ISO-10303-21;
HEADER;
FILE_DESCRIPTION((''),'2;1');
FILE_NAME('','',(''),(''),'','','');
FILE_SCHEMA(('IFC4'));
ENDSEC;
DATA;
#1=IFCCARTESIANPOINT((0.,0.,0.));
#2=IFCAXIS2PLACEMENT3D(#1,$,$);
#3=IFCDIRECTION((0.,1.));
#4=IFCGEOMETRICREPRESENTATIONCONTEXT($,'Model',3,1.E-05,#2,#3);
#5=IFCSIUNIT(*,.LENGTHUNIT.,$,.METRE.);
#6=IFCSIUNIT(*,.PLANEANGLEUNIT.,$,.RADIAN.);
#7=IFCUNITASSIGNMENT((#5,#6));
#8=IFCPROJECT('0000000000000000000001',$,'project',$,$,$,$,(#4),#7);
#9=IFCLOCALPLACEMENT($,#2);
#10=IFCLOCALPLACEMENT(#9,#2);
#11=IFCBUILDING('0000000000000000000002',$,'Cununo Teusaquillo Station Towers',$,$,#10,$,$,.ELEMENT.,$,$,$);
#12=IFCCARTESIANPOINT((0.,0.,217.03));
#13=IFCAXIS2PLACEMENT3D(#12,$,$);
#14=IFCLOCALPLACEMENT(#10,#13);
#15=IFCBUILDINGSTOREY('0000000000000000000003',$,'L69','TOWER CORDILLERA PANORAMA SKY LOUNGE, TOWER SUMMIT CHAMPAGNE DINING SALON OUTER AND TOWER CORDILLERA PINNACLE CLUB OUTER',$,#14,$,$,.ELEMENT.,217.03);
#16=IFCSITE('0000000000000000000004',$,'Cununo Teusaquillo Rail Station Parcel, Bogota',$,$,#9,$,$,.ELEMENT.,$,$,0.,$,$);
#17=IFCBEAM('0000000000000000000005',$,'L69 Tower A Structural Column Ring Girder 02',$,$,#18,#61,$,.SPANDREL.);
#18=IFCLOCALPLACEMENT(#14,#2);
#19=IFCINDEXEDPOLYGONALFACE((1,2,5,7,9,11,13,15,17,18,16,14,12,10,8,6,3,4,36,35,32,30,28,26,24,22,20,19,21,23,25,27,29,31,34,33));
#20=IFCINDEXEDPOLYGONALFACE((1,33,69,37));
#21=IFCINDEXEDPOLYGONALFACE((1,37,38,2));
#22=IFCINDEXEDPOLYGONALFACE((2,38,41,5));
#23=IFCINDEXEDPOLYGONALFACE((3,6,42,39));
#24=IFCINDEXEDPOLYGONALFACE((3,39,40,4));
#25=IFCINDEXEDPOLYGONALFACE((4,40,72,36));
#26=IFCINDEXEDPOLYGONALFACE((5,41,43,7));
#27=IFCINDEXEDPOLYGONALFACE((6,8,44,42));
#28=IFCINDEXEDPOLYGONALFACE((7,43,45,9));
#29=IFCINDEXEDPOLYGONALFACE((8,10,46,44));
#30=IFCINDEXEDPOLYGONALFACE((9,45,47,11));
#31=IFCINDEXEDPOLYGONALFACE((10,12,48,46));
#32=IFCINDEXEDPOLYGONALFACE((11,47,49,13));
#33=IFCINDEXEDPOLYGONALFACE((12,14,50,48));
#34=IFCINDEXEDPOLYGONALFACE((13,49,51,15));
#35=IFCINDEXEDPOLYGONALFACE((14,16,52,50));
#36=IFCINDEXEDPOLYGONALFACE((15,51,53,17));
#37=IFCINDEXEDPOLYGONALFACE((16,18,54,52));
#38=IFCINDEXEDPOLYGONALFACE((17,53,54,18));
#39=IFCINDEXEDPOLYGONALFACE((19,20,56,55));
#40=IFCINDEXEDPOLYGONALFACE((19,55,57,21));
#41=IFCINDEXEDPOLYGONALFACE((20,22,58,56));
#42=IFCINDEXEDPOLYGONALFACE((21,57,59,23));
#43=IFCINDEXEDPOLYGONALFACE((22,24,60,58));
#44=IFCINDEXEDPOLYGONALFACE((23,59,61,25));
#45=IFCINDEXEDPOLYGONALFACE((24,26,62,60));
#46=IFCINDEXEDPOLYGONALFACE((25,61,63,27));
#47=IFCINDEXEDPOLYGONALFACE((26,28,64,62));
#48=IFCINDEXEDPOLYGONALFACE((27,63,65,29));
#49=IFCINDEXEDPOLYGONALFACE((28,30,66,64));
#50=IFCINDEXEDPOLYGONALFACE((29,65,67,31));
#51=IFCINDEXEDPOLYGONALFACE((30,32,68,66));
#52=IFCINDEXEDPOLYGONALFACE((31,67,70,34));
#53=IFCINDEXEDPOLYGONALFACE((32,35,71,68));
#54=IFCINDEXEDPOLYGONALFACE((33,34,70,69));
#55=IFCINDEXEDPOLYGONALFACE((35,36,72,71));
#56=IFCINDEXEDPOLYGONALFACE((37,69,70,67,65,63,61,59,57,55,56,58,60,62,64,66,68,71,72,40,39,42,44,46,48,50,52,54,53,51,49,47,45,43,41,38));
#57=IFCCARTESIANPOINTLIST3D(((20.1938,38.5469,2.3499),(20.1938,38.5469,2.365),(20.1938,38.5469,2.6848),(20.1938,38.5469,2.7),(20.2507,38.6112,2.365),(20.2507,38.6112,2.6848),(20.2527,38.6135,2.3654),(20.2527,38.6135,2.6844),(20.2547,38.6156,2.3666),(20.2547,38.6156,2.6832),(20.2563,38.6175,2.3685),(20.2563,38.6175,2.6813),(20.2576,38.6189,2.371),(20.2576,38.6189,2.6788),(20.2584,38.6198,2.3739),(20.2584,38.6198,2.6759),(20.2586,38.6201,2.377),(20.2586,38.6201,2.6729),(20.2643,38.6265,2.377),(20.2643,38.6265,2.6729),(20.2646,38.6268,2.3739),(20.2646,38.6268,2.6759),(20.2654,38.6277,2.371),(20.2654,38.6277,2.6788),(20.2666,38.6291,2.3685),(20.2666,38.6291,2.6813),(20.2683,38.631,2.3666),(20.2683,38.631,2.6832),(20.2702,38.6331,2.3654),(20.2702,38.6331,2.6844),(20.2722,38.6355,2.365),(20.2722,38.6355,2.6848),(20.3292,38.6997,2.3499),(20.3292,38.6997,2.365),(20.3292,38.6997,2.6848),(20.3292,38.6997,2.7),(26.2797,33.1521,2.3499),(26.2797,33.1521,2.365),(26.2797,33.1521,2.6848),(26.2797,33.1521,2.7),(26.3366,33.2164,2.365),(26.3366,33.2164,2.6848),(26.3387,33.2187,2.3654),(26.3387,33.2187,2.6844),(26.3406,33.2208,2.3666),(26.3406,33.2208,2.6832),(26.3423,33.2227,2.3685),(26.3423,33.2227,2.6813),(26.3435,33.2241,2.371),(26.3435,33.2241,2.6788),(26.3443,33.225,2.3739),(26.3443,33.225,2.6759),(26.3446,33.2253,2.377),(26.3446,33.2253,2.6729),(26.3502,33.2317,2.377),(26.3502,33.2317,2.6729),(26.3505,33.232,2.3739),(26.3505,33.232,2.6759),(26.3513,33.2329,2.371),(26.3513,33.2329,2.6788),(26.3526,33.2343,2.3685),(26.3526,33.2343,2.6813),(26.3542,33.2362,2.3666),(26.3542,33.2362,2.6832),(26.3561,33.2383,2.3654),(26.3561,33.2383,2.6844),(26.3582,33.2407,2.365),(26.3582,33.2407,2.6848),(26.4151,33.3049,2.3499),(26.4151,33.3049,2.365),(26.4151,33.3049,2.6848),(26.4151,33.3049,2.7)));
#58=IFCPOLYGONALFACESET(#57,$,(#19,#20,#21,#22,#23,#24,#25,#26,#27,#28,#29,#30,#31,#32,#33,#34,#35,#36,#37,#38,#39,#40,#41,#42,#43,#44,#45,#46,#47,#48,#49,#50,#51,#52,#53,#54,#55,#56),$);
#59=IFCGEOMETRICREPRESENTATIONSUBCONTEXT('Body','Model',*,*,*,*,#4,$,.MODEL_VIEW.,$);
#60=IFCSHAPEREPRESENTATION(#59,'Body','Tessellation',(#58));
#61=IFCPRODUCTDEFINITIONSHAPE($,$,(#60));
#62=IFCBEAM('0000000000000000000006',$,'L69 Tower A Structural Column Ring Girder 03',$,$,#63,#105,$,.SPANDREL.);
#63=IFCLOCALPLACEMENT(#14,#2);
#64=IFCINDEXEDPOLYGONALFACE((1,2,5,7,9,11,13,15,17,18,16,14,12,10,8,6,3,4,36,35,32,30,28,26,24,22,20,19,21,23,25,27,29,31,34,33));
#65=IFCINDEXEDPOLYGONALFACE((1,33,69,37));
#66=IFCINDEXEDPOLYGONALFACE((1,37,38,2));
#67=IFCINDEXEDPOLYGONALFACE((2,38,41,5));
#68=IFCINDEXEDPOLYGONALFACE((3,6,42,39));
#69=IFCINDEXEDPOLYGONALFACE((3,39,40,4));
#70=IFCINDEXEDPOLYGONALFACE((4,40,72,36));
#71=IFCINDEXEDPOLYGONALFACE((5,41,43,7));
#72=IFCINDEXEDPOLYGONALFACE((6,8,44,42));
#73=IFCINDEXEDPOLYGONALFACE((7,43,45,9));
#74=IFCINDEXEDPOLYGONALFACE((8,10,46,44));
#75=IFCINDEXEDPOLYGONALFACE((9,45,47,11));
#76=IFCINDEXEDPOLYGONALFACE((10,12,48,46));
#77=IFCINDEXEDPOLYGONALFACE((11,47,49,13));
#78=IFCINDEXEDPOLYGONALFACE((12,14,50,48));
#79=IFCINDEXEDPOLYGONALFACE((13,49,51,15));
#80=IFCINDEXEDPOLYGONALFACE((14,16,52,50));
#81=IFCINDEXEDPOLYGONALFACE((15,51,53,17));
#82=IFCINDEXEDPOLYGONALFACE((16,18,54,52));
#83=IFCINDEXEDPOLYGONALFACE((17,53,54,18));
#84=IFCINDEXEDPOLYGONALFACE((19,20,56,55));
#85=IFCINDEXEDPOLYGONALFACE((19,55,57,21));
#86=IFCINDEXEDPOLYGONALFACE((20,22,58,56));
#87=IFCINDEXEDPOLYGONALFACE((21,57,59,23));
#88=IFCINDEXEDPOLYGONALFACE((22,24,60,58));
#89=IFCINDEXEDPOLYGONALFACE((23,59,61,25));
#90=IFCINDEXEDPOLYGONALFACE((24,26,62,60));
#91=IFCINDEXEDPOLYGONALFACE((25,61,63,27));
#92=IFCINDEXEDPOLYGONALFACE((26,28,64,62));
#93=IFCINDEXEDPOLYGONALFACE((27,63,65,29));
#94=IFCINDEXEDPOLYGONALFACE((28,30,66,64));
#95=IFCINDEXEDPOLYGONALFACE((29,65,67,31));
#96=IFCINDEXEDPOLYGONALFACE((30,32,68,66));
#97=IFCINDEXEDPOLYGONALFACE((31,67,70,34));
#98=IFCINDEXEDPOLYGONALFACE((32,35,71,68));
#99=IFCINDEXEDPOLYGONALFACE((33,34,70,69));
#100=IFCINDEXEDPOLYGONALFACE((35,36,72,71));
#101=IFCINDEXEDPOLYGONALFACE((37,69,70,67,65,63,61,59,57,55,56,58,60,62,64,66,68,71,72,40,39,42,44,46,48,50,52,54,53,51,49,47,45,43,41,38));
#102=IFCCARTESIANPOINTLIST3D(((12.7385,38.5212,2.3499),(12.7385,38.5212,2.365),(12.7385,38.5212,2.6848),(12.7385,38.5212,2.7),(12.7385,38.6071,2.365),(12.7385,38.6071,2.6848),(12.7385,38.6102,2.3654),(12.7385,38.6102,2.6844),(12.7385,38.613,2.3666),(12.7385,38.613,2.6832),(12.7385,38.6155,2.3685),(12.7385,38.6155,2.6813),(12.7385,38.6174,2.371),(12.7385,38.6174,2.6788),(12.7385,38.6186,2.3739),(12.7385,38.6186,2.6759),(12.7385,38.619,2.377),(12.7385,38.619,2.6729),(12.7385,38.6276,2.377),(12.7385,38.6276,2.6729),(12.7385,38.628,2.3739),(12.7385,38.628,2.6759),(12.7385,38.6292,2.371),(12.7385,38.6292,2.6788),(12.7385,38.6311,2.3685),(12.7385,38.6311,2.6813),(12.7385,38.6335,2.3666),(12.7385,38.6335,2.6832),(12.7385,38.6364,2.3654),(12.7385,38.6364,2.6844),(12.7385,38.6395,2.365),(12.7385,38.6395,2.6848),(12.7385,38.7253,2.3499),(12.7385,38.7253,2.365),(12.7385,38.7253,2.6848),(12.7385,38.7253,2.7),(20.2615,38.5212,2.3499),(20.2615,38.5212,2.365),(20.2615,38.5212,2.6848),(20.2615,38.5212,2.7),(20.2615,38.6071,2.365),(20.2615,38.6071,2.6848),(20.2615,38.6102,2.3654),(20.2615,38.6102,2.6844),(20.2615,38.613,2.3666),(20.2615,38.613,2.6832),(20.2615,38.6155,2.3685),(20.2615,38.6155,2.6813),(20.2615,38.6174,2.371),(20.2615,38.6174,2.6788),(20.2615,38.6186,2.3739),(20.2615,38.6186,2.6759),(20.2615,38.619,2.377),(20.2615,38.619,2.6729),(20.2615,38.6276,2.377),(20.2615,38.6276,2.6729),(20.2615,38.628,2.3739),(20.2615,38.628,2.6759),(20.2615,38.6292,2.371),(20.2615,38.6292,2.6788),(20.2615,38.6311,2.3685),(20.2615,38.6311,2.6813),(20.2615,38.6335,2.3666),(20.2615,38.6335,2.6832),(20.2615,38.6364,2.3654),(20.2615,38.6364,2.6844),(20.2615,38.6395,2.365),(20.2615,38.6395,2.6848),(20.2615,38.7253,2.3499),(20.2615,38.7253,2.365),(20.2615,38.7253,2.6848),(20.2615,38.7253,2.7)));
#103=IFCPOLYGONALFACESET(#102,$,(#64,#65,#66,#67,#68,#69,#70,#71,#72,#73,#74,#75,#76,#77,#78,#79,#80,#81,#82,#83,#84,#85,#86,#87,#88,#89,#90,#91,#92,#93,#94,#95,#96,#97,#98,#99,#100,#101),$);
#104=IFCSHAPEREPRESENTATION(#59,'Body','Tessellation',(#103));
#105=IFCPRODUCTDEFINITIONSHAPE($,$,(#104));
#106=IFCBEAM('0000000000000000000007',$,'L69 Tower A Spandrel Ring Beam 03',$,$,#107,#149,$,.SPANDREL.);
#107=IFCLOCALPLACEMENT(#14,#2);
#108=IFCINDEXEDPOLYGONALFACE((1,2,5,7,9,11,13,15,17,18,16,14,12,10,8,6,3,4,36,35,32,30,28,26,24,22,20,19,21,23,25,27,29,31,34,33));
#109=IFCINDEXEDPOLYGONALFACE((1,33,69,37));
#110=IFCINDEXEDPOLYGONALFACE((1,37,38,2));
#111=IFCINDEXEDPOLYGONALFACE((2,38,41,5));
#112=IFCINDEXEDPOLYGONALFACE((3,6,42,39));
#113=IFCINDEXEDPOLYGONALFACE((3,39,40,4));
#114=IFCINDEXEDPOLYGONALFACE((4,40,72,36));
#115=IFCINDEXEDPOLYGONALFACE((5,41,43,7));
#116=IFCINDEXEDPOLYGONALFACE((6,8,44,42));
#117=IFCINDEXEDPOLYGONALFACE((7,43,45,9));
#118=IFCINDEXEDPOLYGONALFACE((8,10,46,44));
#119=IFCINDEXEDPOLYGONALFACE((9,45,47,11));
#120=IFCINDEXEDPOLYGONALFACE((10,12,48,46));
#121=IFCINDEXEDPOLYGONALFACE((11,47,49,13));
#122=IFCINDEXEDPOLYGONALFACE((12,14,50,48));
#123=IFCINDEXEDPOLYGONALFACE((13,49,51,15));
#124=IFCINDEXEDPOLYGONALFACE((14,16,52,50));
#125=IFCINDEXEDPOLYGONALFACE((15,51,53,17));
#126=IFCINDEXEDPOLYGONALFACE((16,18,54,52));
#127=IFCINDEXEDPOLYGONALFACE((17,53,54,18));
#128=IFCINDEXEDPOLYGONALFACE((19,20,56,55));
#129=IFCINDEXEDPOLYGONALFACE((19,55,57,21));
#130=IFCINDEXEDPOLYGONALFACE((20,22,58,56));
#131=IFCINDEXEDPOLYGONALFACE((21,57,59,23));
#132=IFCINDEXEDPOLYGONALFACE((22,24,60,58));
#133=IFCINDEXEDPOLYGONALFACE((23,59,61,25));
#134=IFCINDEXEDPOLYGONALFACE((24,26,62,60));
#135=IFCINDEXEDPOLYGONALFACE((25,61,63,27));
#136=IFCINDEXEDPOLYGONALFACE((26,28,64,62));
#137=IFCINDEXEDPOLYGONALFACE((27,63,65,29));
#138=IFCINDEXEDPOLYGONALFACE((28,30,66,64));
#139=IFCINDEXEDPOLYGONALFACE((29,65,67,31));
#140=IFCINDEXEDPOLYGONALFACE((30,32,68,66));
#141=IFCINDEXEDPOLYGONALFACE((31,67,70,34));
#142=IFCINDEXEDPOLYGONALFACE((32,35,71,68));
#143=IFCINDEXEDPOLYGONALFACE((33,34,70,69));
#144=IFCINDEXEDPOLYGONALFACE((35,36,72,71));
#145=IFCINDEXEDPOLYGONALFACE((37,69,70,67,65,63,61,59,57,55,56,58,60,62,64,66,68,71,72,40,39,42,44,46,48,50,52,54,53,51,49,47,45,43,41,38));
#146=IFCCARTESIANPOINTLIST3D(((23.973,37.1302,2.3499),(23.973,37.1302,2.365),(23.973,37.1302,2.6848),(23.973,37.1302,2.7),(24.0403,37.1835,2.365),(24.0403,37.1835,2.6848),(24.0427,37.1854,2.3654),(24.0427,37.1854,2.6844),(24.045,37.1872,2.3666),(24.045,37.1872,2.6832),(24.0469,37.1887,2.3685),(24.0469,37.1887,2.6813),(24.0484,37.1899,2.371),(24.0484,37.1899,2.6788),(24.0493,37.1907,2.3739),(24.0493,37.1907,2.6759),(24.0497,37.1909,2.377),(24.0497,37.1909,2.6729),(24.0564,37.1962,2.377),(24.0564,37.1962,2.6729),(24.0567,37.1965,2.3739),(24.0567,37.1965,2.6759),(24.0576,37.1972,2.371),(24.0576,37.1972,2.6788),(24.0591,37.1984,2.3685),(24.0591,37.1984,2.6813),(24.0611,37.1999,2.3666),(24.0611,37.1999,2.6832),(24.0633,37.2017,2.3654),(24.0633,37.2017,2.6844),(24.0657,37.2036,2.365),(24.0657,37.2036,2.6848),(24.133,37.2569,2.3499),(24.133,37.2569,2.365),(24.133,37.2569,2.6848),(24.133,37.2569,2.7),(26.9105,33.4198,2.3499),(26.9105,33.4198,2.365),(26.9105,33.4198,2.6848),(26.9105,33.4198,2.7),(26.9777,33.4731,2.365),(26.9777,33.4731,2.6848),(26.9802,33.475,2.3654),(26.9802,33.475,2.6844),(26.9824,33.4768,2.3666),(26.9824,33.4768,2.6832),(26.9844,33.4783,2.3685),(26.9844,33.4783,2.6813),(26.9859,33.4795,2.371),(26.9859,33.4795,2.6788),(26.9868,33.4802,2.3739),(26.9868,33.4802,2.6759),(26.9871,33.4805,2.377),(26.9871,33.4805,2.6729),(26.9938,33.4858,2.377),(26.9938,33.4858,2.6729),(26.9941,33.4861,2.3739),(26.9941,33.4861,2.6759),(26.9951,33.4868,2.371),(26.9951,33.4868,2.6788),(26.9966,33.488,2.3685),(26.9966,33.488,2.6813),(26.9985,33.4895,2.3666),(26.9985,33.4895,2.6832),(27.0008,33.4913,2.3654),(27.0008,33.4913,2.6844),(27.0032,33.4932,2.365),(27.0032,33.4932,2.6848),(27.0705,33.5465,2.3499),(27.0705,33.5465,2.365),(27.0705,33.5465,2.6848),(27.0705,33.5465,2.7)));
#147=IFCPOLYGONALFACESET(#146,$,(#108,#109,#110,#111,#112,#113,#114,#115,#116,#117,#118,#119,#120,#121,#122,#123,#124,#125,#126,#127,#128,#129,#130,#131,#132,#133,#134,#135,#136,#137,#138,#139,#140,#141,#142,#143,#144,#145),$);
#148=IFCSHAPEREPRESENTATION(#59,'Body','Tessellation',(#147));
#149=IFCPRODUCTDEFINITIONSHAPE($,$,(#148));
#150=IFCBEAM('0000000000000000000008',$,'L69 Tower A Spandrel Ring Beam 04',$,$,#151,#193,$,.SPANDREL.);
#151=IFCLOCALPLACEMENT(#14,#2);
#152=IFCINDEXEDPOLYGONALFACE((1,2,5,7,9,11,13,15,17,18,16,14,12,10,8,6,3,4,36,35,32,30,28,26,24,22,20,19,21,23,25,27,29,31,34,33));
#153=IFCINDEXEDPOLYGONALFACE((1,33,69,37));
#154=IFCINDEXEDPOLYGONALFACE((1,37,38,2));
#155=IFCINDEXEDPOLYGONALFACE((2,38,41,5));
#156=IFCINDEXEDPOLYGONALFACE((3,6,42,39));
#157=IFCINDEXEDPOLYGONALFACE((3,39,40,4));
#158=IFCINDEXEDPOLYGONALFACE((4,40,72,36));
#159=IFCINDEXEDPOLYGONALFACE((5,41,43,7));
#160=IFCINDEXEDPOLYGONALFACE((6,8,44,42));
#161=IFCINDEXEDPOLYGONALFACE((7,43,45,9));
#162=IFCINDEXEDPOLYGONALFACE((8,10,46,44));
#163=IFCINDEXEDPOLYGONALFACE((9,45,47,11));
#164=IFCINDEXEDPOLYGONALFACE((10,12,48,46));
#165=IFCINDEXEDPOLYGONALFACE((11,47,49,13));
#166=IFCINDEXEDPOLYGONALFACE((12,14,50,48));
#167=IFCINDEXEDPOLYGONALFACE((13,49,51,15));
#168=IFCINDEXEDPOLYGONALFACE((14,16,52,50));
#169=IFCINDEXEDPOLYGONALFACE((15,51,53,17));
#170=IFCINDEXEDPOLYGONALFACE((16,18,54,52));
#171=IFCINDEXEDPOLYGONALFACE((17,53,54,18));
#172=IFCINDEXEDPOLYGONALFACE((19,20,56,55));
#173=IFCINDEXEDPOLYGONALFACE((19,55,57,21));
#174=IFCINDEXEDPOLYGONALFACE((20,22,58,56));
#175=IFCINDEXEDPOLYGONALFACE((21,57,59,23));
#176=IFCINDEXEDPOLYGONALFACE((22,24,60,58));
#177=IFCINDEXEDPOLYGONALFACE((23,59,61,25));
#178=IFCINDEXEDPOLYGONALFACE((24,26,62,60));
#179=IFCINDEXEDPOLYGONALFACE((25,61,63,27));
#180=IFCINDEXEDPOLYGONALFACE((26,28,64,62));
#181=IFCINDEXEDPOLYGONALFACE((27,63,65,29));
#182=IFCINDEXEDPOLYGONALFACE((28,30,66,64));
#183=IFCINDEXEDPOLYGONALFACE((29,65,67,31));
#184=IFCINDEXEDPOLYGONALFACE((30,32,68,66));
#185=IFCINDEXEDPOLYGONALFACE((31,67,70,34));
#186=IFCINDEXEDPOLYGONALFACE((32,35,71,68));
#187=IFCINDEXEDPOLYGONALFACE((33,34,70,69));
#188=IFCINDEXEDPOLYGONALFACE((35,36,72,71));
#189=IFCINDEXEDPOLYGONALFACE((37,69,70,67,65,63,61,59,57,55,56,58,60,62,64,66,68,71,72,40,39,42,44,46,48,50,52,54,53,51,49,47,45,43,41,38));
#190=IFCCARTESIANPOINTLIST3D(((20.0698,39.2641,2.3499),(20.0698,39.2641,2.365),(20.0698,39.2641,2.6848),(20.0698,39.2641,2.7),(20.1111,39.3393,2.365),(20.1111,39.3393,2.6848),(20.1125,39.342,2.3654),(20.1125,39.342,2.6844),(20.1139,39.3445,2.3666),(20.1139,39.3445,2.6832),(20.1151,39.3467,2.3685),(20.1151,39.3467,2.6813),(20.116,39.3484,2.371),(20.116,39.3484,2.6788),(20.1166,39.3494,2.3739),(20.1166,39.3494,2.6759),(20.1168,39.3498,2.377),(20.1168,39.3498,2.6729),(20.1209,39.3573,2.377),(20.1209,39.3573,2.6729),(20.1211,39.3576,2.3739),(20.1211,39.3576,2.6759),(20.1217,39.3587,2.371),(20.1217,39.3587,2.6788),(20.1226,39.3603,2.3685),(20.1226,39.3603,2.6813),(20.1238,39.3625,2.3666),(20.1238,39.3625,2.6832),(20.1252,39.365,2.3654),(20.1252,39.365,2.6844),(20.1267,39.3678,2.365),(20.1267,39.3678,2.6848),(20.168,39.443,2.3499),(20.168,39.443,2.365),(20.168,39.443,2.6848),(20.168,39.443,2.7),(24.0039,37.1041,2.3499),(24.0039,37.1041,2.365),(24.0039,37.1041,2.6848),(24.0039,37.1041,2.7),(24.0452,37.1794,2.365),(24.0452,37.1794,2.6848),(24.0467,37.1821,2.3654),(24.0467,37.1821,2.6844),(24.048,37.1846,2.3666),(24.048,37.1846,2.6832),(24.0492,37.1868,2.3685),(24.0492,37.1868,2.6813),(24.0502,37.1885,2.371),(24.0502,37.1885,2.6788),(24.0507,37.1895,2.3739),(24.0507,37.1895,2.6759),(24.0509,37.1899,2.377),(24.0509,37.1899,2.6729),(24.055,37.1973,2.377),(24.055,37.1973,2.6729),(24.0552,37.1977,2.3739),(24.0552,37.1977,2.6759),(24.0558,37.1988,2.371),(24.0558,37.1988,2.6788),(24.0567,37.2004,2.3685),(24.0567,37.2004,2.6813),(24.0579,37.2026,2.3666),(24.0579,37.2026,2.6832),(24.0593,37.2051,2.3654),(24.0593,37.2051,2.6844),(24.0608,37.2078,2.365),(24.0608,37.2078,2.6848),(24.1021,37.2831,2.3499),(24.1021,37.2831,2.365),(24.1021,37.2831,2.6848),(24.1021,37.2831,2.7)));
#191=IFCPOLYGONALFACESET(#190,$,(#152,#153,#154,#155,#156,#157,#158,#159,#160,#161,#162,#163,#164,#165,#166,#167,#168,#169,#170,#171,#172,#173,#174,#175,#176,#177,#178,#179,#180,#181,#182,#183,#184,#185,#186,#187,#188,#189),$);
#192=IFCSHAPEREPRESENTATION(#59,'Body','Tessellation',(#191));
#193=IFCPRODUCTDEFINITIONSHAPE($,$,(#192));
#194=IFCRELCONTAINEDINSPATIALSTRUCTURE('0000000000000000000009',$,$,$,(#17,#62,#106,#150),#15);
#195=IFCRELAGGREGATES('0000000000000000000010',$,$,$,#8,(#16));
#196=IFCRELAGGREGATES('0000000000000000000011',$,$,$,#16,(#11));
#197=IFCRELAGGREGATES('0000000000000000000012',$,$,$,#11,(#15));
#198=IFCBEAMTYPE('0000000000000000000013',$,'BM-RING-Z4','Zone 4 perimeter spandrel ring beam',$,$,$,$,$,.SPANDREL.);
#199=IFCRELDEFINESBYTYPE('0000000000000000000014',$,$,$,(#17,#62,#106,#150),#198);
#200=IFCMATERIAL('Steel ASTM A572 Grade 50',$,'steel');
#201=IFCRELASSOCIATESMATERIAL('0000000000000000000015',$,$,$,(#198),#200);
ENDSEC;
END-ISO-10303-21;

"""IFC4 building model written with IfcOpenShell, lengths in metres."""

from ifc_helpers import new_model, si_unit, direction, frame, origin, origin_2d, place, context, subcontext, project, spatial, i_section, extrude, material, material_profile, profile_set, type_object, element, save


model = new_model("IFC4")

# Units and contexts
model_context = context("Model", 3, precision=1e-05, world=origin(), true_north=direction((0.0, 1.0)))
body_context = subcontext(model_context, "Body", "Model", "MODEL_VIEW")
ifc_project = project(units=[si_unit("LENGTHUNIT", "METRE"), si_unit("PLANEANGLEUNIT", "RADIAN")], contexts=[model_context])

# Site, building, storey
site_placement = place(None, origin())
site = spatial("IfcSite", under=ifc_project, at=site_placement, Name="Cununo Teusaquillo Rail Station Parcel, Bogota", CompositionType="ELEMENT", RefElevation=0.0)
building_placement = place(site_placement, origin())
building = spatial("IfcBuilding", under=site, at=building_placement, Name="Cununo Teusaquillo Station Towers", CompositionType="ELEMENT")
storey_placement = place(building_placement, frame((0.0, 0.0, 217.03)))
storey = spatial("IfcBuildingStorey", under=building, at=storey_placement, Name="L69", Description="TOWER CORDILLERA PANORAMA SKY LOUNGE, TOWER SUMMIT CHAMPAGNE DINING SALON OUTER AND TOWER CORDILLERA PINNACLE CLUB OUTER", CompositionType="ELEMENT", Elevation=217.03)

# Beams
ifc_material_1 = material(Name="Steel ASTM A572 Grade 50", Category="steel")
ifc_material_profile_1 = material_profile(ifc_material_1, i_section(OverallWidth=0.2041, OverallDepth=0.3501, WebThickness=0.0085, FlangeThickness=0.0151, FilletRadius=0.012, at=origin_2d()), Name="W14X48")
ifc_profile_set_1 = profile_set([ifc_material_profile_1], Name="Steel ASTM A572 Grade 50")
beam_type_1 = type_object("IfcBeamType", Name="BM-RING-Z4", Description="Zone 4 perimeter spandrel ring beam", PredefinedType="SPANDREL", material=ifc_profile_set_1)
beam_1_placement = place(storey_placement, frame((26.3474, 33.2285, 2.5249), z_axis=(-0.748321, 0.663337, 0.0), x_axis=(-0.663337, -0.748321, 0.0)))
element("IfcBeam", 1, at=beam_1_placement, inside=storey, type_object=beam_type_1, Name="L69 Tower A Structural Column Ring Girder 02", PredefinedType="SPANDREL", context=body_context, shape_type="SweptSolid", body=[
    extrude(i_section(OverallWidth=0.2041, OverallDepth=0.3501, WebThickness=0.0085, FlangeThickness=0.0151, FilletRadius=0.012, at=origin_2d()), origin(), (0.0, 0.0, 1.0), 8.1328),
])
beam_2_placement = place(storey_placement, frame((20.2615, 38.6233, 2.5249), z_axis=(-1.0, 0.0, 0.0), x_axis=(0.0, -1.0, 0.0)))
element("IfcBeam", 2, at=beam_2_placement, inside=storey, type_object=beam_type_1, Name="L69 Tower A Structural Column Ring Girder 03", PredefinedType="SPANDREL", context=body_context, shape_type="SweptSolid", body=[
    extrude(i_section(OverallWidth=0.2041, OverallDepth=0.3501, WebThickness=0.0085, FlangeThickness=0.0151, FilletRadius=0.012, at=origin_2d()), origin(), (0.0, 0.0, 1.0), 7.5229),
])
beam_3_placement = place(storey_placement, frame((26.9905, 33.4832, 2.5249), z_axis=(-0.620711, 0.78404, 0.0), x_axis=(-0.78404, -0.620711, 0.0)))
element("IfcBeam", 3, at=beam_3_placement, inside=storey, type_object=beam_type_1, Name="L69 Tower A Spandrel Ring Beam 03", PredefinedType="SPANDREL", context=body_context, shape_type="SweptSolid", body=[
    extrude(i_section(OverallWidth=0.2041, OverallDepth=0.3501, WebThickness=0.0085, FlangeThickness=0.0151, FilletRadius=0.012, at=origin_2d()), origin(), (0.0, 0.0, 1.0), 4.7324),
])
beam_4_placement = place(storey_placement, frame((24.053, 37.1936, 2.5249), z_axis=(-0.876576, 0.481263, 0.0), x_axis=(-0.481263, -0.876576, 0.0)))
element("IfcBeam", 4, at=beam_4_placement, inside=storey, type_object=beam_type_1, Name="L69 Tower A Spandrel Ring Beam 04", PredefinedType="SPANDREL", context=body_context, shape_type="SweptSolid", body=[
    extrude(i_section(OverallWidth=0.2041, OverallDepth=0.3501, WebThickness=0.0085, FlangeThickness=0.0151, FilletRadius=0.012, at=origin_2d()), origin(), (0.0, 0.0, 1.0), 4.488),
])

save(model, "model.ifc")
